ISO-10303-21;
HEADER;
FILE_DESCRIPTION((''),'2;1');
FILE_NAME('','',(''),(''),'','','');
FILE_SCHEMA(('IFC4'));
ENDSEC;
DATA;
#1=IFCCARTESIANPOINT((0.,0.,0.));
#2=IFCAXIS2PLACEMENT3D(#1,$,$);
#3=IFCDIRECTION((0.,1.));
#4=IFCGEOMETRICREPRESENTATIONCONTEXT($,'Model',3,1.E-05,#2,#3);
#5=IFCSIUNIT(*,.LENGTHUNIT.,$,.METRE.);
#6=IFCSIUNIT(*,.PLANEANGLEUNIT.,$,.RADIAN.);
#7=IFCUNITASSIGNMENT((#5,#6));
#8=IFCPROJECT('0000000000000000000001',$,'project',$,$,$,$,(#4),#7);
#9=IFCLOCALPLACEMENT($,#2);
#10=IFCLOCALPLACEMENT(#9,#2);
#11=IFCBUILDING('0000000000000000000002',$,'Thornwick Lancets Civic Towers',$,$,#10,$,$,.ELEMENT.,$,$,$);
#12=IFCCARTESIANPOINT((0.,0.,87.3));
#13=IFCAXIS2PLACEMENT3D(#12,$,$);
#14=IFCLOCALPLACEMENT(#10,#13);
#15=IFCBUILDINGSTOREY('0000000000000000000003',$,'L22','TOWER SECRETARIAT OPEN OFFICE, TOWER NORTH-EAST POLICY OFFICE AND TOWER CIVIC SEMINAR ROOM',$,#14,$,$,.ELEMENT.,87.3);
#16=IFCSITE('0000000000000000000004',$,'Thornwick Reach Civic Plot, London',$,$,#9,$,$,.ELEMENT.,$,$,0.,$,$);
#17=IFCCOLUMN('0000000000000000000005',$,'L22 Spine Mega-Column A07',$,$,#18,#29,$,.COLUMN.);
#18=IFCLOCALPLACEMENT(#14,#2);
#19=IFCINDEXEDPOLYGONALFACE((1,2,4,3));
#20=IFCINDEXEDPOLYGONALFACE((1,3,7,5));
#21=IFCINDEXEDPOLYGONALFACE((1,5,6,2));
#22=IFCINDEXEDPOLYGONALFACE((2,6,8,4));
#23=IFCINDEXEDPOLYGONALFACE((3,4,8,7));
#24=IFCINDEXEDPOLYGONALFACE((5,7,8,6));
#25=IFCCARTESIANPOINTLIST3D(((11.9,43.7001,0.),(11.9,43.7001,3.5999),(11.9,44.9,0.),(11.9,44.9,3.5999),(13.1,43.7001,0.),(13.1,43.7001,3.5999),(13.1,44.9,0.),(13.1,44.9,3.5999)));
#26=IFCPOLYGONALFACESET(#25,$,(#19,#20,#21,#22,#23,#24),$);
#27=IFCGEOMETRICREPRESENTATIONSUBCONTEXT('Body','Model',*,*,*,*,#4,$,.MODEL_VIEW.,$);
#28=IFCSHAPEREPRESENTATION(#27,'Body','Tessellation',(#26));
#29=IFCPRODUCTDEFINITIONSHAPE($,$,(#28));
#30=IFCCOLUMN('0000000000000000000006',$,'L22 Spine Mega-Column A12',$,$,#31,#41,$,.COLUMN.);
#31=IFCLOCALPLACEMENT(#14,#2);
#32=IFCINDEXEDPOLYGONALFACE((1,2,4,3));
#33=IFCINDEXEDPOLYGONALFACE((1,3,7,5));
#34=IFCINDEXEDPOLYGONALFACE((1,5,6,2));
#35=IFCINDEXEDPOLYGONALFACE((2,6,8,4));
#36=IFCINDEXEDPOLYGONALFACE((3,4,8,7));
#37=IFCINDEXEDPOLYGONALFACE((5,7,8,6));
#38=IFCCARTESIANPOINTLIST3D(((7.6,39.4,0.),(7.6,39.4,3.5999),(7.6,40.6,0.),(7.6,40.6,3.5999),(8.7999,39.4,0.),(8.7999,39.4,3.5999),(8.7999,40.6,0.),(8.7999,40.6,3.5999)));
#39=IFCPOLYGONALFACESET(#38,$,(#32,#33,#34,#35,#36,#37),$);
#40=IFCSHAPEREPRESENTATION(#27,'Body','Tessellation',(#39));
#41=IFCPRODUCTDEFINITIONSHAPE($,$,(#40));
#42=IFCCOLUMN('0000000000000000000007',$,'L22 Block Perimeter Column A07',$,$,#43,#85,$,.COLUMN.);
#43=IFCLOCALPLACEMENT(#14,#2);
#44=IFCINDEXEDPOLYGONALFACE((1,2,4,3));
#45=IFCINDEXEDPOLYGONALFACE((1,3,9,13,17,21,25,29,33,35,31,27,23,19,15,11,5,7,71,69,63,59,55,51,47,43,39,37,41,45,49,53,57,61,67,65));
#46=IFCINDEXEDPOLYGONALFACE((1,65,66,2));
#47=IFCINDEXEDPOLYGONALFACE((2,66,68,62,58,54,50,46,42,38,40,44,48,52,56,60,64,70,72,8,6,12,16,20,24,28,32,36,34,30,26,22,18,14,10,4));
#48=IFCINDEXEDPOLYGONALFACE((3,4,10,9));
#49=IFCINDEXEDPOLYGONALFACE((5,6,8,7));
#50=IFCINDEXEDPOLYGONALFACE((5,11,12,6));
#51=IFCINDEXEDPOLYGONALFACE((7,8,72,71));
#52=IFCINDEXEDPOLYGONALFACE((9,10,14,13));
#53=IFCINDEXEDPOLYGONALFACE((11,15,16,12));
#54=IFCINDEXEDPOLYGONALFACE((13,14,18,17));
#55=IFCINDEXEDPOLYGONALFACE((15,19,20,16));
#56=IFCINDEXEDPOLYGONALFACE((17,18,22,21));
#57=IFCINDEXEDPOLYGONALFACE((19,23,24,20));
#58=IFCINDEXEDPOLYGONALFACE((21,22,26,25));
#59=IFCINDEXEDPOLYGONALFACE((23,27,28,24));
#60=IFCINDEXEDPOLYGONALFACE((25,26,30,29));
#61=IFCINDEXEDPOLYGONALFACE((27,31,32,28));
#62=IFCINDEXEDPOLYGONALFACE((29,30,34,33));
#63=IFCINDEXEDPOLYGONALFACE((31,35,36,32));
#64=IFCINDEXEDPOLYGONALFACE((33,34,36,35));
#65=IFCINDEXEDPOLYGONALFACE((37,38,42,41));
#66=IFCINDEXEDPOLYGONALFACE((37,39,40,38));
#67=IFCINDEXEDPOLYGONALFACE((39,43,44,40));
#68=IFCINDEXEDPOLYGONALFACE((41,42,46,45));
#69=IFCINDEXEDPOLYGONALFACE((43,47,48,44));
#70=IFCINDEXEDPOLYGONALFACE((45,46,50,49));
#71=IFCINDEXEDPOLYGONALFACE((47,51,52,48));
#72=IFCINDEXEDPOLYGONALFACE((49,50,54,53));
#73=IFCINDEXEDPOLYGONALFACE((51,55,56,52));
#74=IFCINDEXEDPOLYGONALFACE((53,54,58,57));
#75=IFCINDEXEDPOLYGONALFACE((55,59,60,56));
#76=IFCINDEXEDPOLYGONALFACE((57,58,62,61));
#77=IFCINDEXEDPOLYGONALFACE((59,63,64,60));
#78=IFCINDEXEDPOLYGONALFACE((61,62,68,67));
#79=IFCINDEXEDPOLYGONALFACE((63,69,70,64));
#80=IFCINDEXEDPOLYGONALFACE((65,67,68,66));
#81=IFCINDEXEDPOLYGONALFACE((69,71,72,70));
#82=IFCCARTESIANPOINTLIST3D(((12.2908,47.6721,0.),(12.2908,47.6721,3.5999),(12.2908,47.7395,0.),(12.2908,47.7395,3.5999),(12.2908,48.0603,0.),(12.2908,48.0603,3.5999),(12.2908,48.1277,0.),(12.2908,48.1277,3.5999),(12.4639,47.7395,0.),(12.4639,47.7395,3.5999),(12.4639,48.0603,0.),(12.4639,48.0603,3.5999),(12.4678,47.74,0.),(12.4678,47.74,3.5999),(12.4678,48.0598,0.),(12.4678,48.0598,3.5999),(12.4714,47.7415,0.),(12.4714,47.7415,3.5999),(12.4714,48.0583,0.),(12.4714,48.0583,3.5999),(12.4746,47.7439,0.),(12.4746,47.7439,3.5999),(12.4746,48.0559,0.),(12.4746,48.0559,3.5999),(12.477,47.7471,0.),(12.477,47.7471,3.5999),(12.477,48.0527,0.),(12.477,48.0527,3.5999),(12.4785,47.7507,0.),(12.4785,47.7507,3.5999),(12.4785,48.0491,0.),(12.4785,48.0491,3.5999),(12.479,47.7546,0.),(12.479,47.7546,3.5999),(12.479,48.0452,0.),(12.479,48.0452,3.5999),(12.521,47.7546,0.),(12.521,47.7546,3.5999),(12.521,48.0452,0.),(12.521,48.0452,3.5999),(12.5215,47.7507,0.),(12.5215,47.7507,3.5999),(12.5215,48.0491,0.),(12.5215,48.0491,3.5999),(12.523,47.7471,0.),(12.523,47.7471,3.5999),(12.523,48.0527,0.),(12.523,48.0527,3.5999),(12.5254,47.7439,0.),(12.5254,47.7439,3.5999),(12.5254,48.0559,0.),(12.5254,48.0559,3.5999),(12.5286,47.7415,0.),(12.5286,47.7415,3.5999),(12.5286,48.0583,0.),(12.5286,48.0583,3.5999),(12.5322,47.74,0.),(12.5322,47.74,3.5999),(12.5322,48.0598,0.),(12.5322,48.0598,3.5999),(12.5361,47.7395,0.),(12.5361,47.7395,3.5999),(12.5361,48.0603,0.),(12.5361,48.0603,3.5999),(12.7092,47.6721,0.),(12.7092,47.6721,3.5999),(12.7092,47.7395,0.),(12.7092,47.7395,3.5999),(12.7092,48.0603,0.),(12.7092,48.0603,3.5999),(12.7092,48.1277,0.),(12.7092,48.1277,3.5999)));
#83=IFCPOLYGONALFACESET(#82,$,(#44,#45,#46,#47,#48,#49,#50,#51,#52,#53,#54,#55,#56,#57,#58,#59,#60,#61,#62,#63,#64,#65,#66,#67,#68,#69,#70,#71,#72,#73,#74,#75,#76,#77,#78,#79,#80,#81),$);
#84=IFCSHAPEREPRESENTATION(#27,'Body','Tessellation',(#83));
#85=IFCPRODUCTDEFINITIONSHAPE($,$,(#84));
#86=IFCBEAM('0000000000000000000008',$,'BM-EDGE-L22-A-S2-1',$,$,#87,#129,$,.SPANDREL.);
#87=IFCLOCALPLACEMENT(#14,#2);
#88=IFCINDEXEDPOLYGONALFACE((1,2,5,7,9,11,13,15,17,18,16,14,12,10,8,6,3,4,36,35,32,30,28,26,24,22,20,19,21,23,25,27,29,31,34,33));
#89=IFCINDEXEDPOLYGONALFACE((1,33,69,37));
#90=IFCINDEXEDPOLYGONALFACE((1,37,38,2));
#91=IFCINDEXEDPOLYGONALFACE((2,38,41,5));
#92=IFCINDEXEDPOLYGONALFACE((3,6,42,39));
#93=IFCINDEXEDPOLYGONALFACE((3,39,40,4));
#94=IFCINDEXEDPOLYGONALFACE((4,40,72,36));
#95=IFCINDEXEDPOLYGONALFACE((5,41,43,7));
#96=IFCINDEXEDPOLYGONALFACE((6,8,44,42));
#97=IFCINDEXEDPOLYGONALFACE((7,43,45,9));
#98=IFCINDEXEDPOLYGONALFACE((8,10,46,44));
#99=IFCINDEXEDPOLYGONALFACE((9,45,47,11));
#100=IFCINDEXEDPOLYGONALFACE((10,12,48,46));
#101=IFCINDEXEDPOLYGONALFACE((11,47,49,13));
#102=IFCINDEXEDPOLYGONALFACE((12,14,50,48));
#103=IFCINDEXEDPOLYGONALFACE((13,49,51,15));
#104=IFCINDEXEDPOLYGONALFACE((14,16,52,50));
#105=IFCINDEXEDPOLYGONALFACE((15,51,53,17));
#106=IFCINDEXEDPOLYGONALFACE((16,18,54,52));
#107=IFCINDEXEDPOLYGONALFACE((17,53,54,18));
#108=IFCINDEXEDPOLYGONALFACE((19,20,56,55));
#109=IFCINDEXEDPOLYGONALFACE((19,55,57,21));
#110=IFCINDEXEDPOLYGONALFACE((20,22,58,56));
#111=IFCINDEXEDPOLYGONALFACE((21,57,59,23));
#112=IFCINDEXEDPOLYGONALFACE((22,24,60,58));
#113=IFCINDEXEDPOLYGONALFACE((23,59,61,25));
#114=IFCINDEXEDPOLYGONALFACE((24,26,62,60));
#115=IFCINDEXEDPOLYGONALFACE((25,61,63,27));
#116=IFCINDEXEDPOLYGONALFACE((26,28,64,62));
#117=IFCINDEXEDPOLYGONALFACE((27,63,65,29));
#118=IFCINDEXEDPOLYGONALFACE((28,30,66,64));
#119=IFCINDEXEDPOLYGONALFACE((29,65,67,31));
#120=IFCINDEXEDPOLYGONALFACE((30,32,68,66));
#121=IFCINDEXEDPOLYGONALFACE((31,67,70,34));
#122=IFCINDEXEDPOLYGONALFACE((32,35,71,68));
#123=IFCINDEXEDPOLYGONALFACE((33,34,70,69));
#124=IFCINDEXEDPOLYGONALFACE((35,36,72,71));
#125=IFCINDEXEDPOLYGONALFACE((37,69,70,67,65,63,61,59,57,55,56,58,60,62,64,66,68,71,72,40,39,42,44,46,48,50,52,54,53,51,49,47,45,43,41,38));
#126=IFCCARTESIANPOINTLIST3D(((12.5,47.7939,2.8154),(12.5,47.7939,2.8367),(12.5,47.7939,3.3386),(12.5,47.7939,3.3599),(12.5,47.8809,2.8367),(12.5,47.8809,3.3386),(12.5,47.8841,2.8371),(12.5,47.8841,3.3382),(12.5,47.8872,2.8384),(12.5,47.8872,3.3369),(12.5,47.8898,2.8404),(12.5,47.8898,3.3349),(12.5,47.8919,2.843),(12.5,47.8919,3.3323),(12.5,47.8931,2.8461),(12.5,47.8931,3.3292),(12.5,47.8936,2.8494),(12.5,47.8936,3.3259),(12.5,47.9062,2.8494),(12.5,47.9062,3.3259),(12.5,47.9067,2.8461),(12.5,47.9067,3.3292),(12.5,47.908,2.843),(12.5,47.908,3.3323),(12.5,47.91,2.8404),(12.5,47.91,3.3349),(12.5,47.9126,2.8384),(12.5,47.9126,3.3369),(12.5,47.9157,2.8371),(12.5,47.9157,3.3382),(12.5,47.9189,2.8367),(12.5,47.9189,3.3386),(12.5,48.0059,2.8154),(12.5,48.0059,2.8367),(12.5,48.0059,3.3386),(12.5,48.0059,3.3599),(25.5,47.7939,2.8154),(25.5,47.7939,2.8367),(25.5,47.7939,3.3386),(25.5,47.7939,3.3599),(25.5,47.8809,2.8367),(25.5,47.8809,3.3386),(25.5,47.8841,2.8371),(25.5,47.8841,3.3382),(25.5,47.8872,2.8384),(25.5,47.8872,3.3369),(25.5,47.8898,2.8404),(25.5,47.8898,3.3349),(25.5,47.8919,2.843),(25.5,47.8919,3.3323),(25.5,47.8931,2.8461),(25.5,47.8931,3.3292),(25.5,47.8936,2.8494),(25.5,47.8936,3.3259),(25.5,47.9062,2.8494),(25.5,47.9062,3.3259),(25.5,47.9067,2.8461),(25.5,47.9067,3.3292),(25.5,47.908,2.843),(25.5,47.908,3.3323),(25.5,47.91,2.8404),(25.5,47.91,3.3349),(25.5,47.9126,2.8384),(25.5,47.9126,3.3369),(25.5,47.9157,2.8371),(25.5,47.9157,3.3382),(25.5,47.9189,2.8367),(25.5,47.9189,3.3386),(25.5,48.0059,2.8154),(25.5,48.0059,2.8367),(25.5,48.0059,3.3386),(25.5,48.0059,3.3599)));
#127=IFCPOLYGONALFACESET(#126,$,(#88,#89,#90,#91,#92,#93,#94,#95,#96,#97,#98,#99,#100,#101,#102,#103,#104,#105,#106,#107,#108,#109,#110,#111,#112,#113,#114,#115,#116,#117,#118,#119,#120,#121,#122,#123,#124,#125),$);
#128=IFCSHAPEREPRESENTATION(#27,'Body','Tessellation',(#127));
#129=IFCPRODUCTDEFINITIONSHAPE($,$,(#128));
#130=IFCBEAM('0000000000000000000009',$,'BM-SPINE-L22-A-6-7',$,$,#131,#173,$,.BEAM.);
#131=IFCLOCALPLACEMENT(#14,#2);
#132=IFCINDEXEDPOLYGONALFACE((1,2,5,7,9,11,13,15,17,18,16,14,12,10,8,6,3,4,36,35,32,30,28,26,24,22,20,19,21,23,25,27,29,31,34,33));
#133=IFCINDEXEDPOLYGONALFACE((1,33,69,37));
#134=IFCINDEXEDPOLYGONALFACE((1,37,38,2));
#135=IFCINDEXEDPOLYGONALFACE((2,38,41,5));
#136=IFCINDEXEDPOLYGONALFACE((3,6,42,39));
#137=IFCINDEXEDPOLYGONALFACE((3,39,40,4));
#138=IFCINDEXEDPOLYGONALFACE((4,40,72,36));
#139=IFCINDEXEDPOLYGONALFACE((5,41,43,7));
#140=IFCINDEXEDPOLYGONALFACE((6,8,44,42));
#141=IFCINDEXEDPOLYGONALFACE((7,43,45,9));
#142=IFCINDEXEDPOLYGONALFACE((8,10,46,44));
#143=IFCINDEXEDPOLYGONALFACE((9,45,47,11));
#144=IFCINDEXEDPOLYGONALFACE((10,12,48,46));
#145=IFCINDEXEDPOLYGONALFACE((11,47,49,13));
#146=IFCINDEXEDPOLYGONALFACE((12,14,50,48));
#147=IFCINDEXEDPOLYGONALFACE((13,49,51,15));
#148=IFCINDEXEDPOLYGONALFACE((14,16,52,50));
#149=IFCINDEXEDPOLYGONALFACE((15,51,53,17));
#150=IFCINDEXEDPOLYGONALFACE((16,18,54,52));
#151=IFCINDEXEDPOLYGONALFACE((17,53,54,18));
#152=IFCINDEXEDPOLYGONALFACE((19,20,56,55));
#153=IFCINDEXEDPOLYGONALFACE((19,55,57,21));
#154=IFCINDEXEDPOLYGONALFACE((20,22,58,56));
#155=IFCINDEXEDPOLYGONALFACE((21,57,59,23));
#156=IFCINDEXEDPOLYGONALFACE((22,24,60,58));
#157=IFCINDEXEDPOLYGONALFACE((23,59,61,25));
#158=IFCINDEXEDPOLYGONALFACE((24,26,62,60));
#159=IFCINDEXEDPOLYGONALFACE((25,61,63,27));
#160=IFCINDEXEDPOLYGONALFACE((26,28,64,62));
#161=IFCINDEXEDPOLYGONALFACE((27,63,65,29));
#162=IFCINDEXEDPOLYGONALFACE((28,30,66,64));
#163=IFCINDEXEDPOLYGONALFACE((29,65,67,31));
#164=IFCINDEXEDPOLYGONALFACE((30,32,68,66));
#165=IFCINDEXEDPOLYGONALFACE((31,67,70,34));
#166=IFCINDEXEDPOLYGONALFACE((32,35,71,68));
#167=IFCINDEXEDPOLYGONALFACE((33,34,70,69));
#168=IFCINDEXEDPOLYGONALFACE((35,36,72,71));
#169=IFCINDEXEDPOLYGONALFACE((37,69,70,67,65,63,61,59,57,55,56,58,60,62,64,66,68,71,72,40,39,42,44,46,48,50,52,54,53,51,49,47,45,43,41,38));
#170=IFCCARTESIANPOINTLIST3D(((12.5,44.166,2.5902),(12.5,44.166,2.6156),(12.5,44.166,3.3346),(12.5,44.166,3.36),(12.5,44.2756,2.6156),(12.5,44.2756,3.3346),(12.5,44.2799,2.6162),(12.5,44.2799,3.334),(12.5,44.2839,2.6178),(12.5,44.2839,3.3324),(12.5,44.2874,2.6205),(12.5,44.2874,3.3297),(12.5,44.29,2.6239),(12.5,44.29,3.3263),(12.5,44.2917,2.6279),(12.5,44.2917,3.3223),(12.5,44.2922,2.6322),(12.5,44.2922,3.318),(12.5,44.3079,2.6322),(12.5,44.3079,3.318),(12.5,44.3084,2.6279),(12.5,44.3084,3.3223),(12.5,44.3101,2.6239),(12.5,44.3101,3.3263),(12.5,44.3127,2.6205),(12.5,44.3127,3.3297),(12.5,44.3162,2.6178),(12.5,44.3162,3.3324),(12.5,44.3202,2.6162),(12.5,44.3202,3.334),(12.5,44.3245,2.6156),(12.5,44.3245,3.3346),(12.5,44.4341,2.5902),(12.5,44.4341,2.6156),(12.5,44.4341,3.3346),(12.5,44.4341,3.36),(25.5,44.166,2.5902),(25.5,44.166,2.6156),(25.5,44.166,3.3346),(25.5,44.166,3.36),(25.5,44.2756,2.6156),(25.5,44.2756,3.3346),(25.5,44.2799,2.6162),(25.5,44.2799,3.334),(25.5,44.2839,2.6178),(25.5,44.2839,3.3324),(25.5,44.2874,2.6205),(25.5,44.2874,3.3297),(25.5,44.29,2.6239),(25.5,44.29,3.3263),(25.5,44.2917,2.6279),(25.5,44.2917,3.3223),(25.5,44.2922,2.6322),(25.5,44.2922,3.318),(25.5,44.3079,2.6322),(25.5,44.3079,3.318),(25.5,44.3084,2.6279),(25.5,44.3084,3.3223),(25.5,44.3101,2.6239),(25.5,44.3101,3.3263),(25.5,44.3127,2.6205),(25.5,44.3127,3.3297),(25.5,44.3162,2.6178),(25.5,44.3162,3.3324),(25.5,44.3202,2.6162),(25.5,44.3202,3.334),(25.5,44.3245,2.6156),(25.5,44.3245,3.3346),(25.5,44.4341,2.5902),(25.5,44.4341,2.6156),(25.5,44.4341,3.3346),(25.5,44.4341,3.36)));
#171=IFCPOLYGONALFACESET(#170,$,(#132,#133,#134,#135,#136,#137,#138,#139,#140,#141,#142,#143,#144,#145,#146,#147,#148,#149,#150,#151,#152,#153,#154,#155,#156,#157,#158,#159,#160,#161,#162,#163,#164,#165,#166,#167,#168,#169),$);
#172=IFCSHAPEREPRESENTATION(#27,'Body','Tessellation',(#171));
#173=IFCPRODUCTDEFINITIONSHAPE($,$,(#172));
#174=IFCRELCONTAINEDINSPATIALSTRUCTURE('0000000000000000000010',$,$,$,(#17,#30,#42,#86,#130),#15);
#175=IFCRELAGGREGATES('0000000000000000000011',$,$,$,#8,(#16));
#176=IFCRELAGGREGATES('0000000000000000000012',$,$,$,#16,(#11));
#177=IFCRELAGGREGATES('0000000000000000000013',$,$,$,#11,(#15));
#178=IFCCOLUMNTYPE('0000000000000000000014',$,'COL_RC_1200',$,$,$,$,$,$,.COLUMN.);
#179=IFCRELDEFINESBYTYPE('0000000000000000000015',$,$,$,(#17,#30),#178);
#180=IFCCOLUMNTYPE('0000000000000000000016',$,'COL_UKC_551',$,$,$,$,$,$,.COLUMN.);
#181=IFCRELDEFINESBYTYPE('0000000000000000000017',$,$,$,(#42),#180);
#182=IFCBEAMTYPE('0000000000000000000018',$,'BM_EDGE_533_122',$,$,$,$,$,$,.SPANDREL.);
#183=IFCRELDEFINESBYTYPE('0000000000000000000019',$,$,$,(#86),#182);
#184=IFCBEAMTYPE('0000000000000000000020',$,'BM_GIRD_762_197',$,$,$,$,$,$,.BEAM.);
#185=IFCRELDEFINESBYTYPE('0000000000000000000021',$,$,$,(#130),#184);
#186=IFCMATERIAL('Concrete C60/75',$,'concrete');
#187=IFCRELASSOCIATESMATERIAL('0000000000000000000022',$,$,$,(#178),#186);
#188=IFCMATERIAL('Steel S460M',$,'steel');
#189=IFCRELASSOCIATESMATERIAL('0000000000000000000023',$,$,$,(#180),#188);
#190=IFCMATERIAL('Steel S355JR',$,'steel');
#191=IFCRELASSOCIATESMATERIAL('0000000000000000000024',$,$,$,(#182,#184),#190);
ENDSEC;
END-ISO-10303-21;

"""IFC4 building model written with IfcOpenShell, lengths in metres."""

from ifc_helpers import new_model, si_unit, direction, frame, origin, origin_2d, place, context, subcontext, project, spatial, rectangle, i_section, extrude, material, material_profile, profile_set, type_object, element, save


model = new_model("IFC4")

# Units and contexts
model_context = context("Model", 3, precision=1e-05, world=origin(), true_north=direction((0.0, 1.0)))
body_context = subcontext(model_context, "Body", "Model", "MODEL_VIEW")
ifc_project = project(units=[si_unit("LENGTHUNIT", "METRE"), si_unit("PLANEANGLEUNIT", "RADIAN")], contexts=[model_context])

# Site, building, storey
site_placement = place(None, origin())
site = spatial("IfcSite", under=ifc_project, at=site_placement, Name="Thornwick Reach Civic Plot, London", CompositionType="ELEMENT", RefElevation=0.0)
building_placement = place(site_placement, origin())
building = spatial("IfcBuilding", under=site, at=building_placement, Name="Thornwick Lancets Civic Towers", CompositionType="ELEMENT")
storey_placement = place(building_placement, frame((0.0, 0.0, 87.3)))
storey = spatial("IfcBuildingStorey", under=building, at=storey_placement, Name="L22", Description="TOWER SECRETARIAT OPEN OFFICE, TOWER NORTH-EAST POLICY OFFICE AND TOWER CIVIC SEMINAR ROOM", CompositionType="ELEMENT", Elevation=87.3)

# Columns
ifc_material_1 = material(Name="Concrete C60/75", Category="concrete")
ifc_material_profile_1 = material_profile(ifc_material_1, rectangle(XDim=1.2, YDim=1.2, at=origin_2d()), Name="RC 1200x1200")
ifc_profile_set_1 = profile_set([ifc_material_profile_1], Name="Concrete C60/75")
column_type_1 = type_object("IfcColumnType", Name="COL_RC_1200", PredefinedType="COLUMN", material=ifc_profile_set_1)
for number, where, z_axis, x_axis, name in (
    (1, (12.5, 44.3, 0.0), (0.0, 0.0, 1.0), (1.0, 0.0, 0.0), "L22 Spine Mega-Column A07"),
    (2, (8.2, 40.0, 0.0), (0.0, 0.0, 1.0), (1.0, 0.0, 0.0), "L22 Spine Mega-Column A12"),
):
    element("IfcColumn", number, at=place(storey_placement, frame(where, z_axis=z_axis, x_axis=x_axis)), inside=storey, type_object=column_type_1, Name=name, PredefinedType="COLUMN", context=body_context, shape_type="SweptSolid", body=[
        extrude(rectangle(XDim=1.2, YDim=1.2, at=origin_2d()), origin(), (0.0, 0.0, 1.0), 3.5999),
    ])
ifc_material_2 = material(Name="Steel S460M", Category="steel")
ifc_material_profile_2 = material_profile(ifc_material_2, i_section(OverallWidth=0.4185, OverallDepth=0.4556, WebThickness=0.042, FlangeThickness=0.0674, FilletRadius=0.0151, at=origin_2d()), Name="UKC 356x406x551")
ifc_profile_set_2 = profile_set([ifc_material_profile_2], Name="Steel S460M")
column_type_2 = type_object("IfcColumnType", Name="COL_UKC_551", PredefinedType="COLUMN", material=ifc_profile_set_2)
column_placement = place(storey_placement, frame((12.5, 47.8999, 0.0), z_axis=(0.0, 0.0, 1.0), x_axis=(1.0, 0.0, 0.0)))
element("IfcColumn", 3, at=column_placement, inside=storey, type_object=column_type_2, Name="L22 Block Perimeter Column A07", PredefinedType="COLUMN", context=body_context, shape_type="SweptSolid", body=[
    extrude(i_section(OverallWidth=0.4185, OverallDepth=0.4556, WebThickness=0.042, FlangeThickness=0.0674, FilletRadius=0.0151, at=origin_2d()), origin(), (0.0, 0.0, 1.0), 3.5999),
])

# Beams
ifc_material_3 = material(Name="Steel S355JR", Category="steel")
ifc_material_profile_3 = material_profile(ifc_material_3, i_section(OverallWidth=0.2119, OverallDepth=0.5444, WebThickness=0.0127, FlangeThickness=0.0212, FilletRadius=0.0127, at=origin_2d()), Name="UKB 533x210x122")
ifc_profile_set_3 = profile_set([ifc_material_profile_3], Name="Steel S355JR")
beam_type_1 = type_object("IfcBeamType", Name="BM_EDGE_533_122", PredefinedType="SPANDREL", material=ifc_profile_set_3)
beam_1_placement = place(storey_placement, frame((12.5, 47.8999, 3.0876), z_axis=(1.0, 0.0, 0.0), x_axis=(0.0, 1.0, 0.0)))
element("IfcBeam", 4, at=beam_1_placement, inside=storey, type_object=beam_type_1, Name="BM-EDGE-L22-A-S2-1", PredefinedType="SPANDREL", context=body_context, shape_type="SweptSolid", body=[
    extrude(i_section(OverallWidth=0.2119, OverallDepth=0.5444, WebThickness=0.0127, FlangeThickness=0.0212, FilletRadius=0.0127, at=origin_2d()), origin(), (0.0, 0.0, 1.0), 13.0),
])
ifc_material_profile_4 = material_profile(ifc_material_3, i_section(OverallWidth=0.2681, OverallDepth=0.7698, WebThickness=0.0156, FlangeThickness=0.0254, FilletRadius=0.0166, at=origin_2d()), Name="UKB 762x267x197")
ifc_profile_set_4 = profile_set([ifc_material_profile_4], Name="Steel S355JR")
beam_type_2 = type_object("IfcBeamType", Name="BM_GIRD_762_197", PredefinedType="BEAM", material=ifc_profile_set_4)
beam_2_placement = place(storey_placement, frame((12.5, 44.3, 2.9751), z_axis=(1.0, 0.0, 0.0), x_axis=(0.0, 1.0, 0.0)))
element("IfcBeam", 5, at=beam_2_placement, inside=storey, type_object=beam_type_2, Name="BM-SPINE-L22-A-6-7", PredefinedType="BEAM", context=body_context, shape_type="SweptSolid", body=[
    extrude(i_section(OverallWidth=0.2681, OverallDepth=0.7698, WebThickness=0.0156, FlangeThickness=0.0254, FilletRadius=0.0166, at=origin_2d()), origin(), (0.0, 0.0, 1.0), 13.0),
])

save(model, "model.ifc")
